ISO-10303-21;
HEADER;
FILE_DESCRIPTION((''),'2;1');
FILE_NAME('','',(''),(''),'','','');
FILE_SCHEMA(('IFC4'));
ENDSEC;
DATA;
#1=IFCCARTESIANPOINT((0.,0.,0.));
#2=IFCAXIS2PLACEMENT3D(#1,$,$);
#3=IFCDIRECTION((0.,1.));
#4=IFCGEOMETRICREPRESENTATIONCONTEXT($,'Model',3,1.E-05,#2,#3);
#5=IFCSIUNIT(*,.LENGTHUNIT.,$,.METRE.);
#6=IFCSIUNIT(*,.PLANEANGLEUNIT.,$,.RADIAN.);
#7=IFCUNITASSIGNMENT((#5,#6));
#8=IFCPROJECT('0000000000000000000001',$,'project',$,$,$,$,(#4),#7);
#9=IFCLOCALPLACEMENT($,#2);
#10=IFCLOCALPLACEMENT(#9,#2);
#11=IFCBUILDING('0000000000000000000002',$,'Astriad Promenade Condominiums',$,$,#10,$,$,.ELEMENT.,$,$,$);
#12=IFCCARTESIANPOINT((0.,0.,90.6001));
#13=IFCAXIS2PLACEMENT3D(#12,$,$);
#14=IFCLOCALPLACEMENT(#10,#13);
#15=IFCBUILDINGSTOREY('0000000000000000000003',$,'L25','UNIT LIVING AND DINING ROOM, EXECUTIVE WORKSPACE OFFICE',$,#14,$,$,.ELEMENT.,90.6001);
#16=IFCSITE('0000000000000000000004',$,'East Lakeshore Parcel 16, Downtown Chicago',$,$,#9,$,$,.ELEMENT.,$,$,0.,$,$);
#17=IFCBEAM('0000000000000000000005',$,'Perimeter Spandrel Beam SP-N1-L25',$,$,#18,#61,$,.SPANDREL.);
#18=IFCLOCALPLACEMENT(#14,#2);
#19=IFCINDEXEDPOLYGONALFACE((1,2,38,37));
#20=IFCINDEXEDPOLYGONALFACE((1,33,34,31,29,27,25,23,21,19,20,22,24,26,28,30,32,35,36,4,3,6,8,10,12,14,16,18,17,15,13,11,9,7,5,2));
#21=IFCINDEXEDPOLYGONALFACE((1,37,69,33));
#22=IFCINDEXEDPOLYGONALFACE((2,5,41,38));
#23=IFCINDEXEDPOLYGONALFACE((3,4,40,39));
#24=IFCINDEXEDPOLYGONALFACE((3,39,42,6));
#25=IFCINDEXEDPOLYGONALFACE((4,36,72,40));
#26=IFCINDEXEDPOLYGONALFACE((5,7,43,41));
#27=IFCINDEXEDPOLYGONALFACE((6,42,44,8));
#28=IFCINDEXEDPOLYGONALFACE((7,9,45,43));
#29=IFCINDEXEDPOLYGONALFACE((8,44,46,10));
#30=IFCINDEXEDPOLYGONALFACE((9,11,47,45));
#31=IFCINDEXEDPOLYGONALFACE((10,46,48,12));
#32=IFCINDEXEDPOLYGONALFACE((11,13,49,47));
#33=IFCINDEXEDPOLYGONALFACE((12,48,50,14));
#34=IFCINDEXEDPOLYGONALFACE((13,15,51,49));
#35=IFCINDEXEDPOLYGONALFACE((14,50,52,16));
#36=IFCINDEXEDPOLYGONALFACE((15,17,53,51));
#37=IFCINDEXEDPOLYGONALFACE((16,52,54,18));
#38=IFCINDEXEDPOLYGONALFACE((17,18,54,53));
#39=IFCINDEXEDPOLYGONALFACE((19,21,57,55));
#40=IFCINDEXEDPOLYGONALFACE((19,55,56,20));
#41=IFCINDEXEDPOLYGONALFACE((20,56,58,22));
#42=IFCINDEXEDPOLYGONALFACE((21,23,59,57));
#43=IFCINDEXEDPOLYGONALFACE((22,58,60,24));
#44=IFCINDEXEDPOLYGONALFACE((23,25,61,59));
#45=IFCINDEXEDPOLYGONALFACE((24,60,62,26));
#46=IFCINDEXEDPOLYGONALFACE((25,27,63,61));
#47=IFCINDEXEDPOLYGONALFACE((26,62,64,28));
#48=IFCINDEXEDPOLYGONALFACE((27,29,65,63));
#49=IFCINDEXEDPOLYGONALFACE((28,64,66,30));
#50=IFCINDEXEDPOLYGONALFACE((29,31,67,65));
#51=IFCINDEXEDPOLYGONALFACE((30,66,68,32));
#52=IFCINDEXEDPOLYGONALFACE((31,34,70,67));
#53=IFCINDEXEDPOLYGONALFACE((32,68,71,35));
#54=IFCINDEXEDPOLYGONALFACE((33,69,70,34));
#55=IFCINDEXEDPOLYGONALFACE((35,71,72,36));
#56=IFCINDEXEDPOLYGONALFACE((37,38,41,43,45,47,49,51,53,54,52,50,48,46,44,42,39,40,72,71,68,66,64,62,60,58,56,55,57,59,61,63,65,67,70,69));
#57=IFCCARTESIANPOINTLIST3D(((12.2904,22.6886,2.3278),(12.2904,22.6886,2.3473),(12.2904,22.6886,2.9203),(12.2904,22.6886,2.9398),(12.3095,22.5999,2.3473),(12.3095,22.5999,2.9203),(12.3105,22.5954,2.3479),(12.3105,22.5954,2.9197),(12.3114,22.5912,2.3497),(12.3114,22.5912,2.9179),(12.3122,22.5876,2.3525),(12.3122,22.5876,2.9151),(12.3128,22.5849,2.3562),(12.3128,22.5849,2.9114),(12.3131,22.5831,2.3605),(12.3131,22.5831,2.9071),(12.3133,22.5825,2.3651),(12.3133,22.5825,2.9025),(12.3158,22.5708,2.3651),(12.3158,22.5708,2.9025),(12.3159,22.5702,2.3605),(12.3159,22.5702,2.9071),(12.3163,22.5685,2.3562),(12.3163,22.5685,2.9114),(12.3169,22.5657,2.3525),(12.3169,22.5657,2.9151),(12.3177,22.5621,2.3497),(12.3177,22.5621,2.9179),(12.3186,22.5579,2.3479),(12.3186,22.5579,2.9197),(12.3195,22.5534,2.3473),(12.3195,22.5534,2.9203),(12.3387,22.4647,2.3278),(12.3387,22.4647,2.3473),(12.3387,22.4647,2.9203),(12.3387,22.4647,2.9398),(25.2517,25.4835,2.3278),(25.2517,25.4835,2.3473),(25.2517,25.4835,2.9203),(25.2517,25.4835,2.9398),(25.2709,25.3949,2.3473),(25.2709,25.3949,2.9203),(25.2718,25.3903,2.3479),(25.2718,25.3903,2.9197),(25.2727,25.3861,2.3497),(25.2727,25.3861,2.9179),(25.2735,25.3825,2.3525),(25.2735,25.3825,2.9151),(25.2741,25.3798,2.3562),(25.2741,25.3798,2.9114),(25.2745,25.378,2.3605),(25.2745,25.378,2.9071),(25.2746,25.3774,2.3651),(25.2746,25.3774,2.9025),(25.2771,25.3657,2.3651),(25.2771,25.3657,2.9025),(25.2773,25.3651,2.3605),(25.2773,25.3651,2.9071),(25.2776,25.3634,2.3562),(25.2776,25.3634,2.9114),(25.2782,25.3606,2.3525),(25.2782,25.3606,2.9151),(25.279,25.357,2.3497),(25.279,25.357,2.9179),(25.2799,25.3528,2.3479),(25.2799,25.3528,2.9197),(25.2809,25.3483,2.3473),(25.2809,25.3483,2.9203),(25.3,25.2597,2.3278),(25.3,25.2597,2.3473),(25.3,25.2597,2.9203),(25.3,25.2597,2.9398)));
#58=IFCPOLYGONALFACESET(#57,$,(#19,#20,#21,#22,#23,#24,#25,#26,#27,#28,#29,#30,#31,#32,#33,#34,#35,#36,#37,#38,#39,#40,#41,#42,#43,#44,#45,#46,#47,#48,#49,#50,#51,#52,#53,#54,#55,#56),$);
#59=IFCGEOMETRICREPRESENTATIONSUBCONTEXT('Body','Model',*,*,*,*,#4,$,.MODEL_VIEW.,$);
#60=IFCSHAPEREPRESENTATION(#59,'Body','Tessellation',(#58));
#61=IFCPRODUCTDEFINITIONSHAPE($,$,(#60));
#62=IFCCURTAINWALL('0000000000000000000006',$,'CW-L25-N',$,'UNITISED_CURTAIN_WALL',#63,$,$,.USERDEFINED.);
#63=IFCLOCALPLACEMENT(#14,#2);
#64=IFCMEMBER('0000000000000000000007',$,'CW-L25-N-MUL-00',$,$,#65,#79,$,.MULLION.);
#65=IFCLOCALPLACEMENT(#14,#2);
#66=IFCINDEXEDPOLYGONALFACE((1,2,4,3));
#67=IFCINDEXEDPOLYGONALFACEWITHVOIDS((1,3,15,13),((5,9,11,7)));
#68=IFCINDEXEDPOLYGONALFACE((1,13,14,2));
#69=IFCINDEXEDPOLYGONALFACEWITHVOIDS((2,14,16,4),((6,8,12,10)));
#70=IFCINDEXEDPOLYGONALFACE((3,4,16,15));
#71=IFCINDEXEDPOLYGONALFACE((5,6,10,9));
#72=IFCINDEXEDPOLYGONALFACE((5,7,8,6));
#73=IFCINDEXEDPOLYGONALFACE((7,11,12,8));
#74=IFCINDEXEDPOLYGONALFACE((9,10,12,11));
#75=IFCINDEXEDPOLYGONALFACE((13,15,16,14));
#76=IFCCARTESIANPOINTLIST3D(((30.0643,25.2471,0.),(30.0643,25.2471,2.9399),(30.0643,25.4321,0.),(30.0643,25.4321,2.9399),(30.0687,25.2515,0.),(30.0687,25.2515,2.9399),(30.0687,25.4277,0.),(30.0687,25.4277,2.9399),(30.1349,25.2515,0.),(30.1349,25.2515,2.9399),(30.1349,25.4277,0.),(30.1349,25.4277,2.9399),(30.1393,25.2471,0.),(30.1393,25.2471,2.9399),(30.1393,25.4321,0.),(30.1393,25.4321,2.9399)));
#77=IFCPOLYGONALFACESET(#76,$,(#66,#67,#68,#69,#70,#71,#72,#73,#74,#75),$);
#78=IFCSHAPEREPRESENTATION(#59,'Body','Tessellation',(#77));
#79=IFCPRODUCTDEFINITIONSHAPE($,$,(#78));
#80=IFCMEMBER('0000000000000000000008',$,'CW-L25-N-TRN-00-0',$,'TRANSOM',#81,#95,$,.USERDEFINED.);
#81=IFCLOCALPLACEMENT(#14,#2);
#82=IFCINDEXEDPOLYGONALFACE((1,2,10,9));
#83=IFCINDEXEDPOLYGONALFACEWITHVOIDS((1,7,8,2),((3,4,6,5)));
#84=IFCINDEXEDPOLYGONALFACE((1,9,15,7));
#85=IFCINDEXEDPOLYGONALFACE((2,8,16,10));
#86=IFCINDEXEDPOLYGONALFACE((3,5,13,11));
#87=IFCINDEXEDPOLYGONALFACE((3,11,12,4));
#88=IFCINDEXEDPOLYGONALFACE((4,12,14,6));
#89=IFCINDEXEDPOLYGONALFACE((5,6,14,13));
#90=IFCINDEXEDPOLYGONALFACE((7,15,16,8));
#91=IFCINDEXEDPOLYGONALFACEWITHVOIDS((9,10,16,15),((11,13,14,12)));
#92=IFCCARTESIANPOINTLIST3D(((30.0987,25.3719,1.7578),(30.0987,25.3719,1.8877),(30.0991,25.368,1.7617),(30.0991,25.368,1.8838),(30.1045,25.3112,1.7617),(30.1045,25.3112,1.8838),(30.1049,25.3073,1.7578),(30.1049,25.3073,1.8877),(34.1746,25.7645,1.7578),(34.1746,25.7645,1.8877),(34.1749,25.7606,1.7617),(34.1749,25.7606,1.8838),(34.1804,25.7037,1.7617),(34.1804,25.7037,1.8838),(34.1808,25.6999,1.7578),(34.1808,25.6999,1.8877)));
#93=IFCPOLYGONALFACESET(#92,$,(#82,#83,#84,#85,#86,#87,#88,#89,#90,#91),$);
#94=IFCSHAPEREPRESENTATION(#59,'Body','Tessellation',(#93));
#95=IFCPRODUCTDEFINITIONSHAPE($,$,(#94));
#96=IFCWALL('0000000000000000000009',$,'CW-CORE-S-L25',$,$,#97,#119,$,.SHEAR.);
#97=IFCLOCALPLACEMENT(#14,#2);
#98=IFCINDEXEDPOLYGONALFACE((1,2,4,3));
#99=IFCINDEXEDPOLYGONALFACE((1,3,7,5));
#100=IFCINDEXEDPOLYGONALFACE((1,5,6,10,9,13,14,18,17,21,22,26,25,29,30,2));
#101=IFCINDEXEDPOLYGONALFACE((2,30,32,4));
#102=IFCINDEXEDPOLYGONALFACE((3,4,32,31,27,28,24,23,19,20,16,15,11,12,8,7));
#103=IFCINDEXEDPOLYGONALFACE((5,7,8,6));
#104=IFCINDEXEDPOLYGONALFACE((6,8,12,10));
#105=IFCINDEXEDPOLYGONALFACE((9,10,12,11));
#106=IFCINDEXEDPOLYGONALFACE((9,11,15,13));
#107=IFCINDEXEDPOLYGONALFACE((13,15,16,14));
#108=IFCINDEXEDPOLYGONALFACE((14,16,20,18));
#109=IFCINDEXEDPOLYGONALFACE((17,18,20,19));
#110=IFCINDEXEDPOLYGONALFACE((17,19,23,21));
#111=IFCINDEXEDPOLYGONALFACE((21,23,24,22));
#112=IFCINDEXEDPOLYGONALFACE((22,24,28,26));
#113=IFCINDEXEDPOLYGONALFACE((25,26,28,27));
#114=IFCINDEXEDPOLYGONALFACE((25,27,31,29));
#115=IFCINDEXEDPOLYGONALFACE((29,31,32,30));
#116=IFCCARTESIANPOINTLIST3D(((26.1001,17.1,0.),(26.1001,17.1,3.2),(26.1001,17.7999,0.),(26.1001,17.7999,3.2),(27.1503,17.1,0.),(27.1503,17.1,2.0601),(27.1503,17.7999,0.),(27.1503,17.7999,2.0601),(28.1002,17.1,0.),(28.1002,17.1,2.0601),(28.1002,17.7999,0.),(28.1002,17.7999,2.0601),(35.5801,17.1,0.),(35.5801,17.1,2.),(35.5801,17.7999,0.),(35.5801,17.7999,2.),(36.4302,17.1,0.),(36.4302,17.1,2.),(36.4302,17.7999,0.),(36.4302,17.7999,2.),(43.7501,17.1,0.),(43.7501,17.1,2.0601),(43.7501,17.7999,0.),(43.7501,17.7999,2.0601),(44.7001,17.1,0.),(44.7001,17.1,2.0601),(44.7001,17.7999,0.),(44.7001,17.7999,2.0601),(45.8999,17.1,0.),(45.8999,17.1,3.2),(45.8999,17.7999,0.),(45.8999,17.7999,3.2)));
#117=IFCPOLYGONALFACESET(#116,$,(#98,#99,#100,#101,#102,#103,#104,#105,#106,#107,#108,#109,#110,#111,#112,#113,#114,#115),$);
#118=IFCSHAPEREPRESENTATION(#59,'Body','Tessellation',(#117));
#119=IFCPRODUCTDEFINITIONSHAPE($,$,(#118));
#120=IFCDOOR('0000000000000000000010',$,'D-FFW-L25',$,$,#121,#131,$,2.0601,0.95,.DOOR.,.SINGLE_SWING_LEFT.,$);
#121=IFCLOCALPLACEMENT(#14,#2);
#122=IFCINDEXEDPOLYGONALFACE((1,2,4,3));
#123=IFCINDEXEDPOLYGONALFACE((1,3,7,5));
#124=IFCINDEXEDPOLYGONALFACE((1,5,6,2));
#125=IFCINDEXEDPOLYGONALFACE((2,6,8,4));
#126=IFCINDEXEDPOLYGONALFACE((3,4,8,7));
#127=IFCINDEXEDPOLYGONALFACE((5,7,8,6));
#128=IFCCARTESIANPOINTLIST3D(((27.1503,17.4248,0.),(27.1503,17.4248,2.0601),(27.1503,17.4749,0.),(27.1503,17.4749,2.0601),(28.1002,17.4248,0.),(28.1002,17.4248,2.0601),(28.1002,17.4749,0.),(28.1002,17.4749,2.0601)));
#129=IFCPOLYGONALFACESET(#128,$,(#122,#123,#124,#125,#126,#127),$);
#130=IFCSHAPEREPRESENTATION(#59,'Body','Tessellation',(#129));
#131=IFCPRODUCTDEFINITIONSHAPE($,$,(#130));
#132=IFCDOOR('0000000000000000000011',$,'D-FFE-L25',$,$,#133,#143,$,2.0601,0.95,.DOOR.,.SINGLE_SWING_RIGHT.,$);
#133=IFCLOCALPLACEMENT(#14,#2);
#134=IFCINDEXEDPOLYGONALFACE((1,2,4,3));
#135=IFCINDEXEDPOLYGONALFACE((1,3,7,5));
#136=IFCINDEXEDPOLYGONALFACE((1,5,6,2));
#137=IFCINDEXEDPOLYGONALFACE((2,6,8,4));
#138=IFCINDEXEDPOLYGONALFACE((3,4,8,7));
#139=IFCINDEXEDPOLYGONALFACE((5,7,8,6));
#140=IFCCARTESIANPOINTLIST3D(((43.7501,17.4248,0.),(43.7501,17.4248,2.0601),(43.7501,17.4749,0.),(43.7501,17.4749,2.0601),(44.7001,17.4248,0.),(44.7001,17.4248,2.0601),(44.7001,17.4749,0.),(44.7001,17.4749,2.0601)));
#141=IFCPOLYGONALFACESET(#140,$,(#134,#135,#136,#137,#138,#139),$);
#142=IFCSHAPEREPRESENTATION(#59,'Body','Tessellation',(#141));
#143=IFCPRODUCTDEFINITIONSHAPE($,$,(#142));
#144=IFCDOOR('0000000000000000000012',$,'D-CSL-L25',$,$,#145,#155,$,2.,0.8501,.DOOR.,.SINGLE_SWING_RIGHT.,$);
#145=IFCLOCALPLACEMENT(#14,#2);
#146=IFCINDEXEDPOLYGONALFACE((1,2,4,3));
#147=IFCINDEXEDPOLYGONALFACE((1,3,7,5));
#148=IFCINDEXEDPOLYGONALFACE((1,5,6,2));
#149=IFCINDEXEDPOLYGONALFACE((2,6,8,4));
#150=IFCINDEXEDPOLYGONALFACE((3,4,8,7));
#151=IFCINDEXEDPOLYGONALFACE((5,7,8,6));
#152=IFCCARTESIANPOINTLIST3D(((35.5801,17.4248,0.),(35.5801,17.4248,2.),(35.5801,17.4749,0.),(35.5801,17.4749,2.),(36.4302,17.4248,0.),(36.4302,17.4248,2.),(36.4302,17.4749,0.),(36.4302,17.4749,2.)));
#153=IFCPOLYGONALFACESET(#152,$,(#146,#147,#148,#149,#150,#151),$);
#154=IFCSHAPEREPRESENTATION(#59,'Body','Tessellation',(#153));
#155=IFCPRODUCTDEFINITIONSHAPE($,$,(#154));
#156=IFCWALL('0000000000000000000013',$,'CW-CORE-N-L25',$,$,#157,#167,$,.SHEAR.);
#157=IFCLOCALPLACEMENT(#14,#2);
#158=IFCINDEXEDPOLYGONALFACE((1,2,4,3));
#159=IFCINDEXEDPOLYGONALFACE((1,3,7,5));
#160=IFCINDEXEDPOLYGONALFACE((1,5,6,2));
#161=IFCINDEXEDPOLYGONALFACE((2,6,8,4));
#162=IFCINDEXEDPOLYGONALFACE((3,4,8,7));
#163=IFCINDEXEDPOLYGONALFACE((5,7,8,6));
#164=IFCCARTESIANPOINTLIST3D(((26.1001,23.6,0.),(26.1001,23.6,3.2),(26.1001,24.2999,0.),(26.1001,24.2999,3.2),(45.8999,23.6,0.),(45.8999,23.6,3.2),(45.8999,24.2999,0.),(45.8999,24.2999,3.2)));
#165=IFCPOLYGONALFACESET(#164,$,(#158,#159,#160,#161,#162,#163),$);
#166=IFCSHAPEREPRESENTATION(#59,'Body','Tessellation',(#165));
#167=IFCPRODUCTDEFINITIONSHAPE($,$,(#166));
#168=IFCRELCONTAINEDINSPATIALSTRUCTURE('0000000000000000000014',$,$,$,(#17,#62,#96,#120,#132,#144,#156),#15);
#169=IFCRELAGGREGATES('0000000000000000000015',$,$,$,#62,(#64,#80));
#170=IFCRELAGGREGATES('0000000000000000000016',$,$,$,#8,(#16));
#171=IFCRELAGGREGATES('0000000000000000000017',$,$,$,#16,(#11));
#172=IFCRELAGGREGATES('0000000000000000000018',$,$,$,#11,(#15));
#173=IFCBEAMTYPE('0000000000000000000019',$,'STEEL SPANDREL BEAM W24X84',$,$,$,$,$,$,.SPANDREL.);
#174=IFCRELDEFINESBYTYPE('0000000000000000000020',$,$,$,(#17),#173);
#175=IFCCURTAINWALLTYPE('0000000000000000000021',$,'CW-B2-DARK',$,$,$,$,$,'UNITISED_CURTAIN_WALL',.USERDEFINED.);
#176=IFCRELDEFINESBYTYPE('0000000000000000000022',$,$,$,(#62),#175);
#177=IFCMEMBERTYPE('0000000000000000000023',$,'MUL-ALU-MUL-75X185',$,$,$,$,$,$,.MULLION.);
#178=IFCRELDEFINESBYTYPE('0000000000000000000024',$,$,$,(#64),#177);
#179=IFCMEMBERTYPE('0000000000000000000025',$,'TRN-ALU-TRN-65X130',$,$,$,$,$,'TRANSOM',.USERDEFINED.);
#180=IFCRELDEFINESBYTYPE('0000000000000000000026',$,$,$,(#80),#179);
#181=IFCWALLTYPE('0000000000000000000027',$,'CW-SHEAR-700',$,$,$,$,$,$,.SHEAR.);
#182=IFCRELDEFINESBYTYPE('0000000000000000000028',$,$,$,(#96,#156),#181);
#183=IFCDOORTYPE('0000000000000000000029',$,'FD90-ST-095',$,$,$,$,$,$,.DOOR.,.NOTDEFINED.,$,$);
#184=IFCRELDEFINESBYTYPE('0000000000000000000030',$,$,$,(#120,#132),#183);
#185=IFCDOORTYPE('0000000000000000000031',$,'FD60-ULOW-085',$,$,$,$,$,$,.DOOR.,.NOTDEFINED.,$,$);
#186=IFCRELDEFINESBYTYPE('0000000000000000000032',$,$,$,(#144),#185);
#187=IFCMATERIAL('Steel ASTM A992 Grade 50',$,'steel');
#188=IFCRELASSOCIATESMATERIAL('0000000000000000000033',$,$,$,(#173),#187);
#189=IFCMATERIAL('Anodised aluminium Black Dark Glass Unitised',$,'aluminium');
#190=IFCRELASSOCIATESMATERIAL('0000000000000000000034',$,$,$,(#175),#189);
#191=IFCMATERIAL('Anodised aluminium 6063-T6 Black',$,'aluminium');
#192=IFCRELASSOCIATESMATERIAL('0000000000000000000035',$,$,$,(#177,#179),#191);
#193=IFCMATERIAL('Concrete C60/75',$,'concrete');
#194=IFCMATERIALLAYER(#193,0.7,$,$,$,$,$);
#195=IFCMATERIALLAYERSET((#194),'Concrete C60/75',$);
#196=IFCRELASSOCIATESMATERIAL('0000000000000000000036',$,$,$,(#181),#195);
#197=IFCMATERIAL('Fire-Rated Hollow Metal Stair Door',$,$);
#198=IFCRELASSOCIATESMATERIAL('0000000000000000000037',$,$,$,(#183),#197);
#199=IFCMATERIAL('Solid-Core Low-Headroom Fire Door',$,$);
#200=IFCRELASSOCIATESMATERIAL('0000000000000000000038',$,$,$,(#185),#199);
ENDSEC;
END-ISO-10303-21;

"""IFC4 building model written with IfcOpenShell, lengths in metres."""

from ifc_helpers import new_model, si_unit, direction, frame, frame_2d, origin, origin_2d, place, context, subcontext, project, spatial, rectangle, hollow_rectangle, i_section, extrude, source, transform, mapped, material, layer, layer_set, material_profile, profile_set, type_object, type_shapes, element, fill, aggregate, save


model = new_model("IFC4")

# Units and contexts
model_context = context("Model", 3, precision=1e-05, world=origin(), true_north=direction((0.0, 1.0)))
body_context = subcontext(model_context, "Body", "Model", "MODEL_VIEW")
ifc_project = project(units=[si_unit("LENGTHUNIT", "METRE"), si_unit("PLANEANGLEUNIT", "RADIAN")], contexts=[model_context])

# Site, building, storey
site_placement = place(None, origin())
site = spatial("IfcSite", under=ifc_project, at=site_placement, Name="East Lakeshore Parcel 16, Downtown Chicago", CompositionType="ELEMENT", RefElevation=0.0)
building_placement = place(site_placement, origin())
building = spatial("IfcBuilding", under=site, at=building_placement, Name="Astriad Promenade Condominiums", CompositionType="ELEMENT")
storey_placement = place(building_placement, frame((0.0, 0.0, 90.6001)))
storey = spatial("IfcBuildingStorey", under=building, at=storey_placement, Name="L25", Description="UNIT LIVING AND DINING ROOM, EXECUTIVE WORKSPACE OFFICE", CompositionType="ELEMENT", Elevation=90.6001)

# Shared definitions
ifc_material_1 = material(Name="Steel ASTM A992 Grade 50", Category="steel")
ifc_material_2 = material(Name="Concrete C60/75", Category="concrete")

# Beam
ifc_material_profile_1 = material_profile(ifc_material_1, i_section(OverallWidth=0.229, OverallDepth=0.6121, WebThickness=0.012, FlangeThickness=0.0195, FilletRadius=0.0178, at=origin_2d()), Name="W24X84")
ifc_profile_set_1 = profile_set([ifc_material_profile_1], Name="Steel ASTM A992 Grade 50")
beam_type_1 = type_object("IfcBeamType", Name="STEEL SPANDREL BEAM W24X84", PredefinedType="SPANDREL", material=ifc_profile_set_1)
shared_shape_1 = source(origin(), body_context, "Body", "SweptSolid", [
    extrude(i_section(OverallWidth=0.229, OverallDepth=0.6121, WebThickness=0.012, FlangeThickness=0.0195, FilletRadius=0.0178, at=origin_2d()), origin(), (0.0, 0.0, 1.0), 13.2593),
])
type_shapes(beam_type_1, [shared_shape_1])
beam_1_placement = place(storey_placement, frame((25.2759, 25.3716, 2.6338), z_axis=(-0.977532, -0.210789, 0.0), x_axis=(0.210789, -0.977532, 0.0)))
element("IfcBeam", 1, at=beam_1_placement, inside=storey, type_object=beam_type_1, Name="Perimeter Spandrel Beam SP-N1-L25", PredefinedType="SPANDREL", context=body_context, shape_type="MappedRepresentation", body=[
    mapped(shared_shape_1, transform((0.0, 0.0, 0.0), scale=1.0)),
])

# Curtain wall, members
ifc_material_3 = material(Name="Anodised aluminium Black Dark Glass Unitised", Category="aluminium")
curtain_wall_type = type_object("IfcCurtainWallType", Name="CW-B2-DARK", ElementType="UNITISED_CURTAIN_WALL", PredefinedType="USERDEFINED", material=ifc_material_3)
curtain_wall_placement = place(storey_placement, origin())
curtain_wall = element("IfcCurtainWall", 2, at=curtain_wall_placement, inside=storey, type_object=curtain_wall_type, Name="CW-L25-N", ObjectType="UNITISED_CURTAIN_WALL", PredefinedType="USERDEFINED")
ifc_material_4 = material(Name="Anodised aluminium 6063-T6 Black", Category="aluminium")
ifc_material_profile_2 = material_profile(ifc_material_4, hollow_rectangle(XDim=0.075, YDim=0.1851, WallThickness=0.0044, at=origin_2d()), Name="ALU-MUL-75X185")
ifc_profile_set_2 = profile_set([ifc_material_profile_2], Name="Anodised aluminium 6063-T6 Black")
member_type_1 = type_object("IfcMemberType", Name="MUL-ALU-MUL-75X185", PredefinedType="MULLION", material=ifc_profile_set_2)
shared_shape_2 = source(origin(), body_context, "Body", "SweptSolid", [
    extrude(hollow_rectangle(XDim=0.075, YDim=0.1851, WallThickness=0.0044, at=origin_2d()), origin(), (0.0, 0.0, 1.0), 2.9399),
])
type_shapes(member_type_1, [shared_shape_2])
member_1_placement = place(storey_placement, frame((30.1018, 25.3396, 0.0), z_axis=(0.0, 0.0, 1.0), x_axis=(1.0, 0.0, 0.0)))
member_1 = element("IfcMember", 3, at=member_1_placement, type_object=member_type_1, Name="CW-L25-N-MUL-00", PredefinedType="MULLION", context=body_context, shape_type="MappedRepresentation", body=[
    mapped(shared_shape_2, transform((0.0, 0.0, 0.0), scale=1.0)),
])
ifc_material_profile_3 = material_profile(ifc_material_4, hollow_rectangle(XDim=0.0649, YDim=0.1299, WallThickness=0.0039, at=origin_2d()), Name="ALU-TRN-65X130")
ifc_profile_set_3 = profile_set([ifc_material_profile_3], Name="Anodised aluminium 6063-T6 Black")
member_type_2 = type_object("IfcMemberType", Name="TRN-ALU-TRN-65X130", ElementType="TRANSOM", PredefinedType="USERDEFINED", material=ifc_profile_set_3)
shared_shape_3 = source(origin(), body_context, "Body", "SweptSolid", [
    extrude(hollow_rectangle(XDim=0.0649, YDim=0.1299, WallThickness=0.0039, at=origin_2d()), origin(), (0.0, 0.0, 1.0), 4.0947),
])
type_shapes(member_type_2, [shared_shape_3])
member_2_placement = place(storey_placement, frame((30.1018, 25.3396, 1.8228), z_axis=(0.995394, 0.095873, 0.0), x_axis=(-0.095873, 0.995394, 0.0)))
member_2 = element("IfcMember", 4, at=member_2_placement, type_object=member_type_2, Name="CW-L25-N-TRN-00-0", ObjectType="TRANSOM", PredefinedType="USERDEFINED", context=body_context, shape_type="MappedRepresentation", body=[
    mapped(shared_shape_3, transform((0.0, 0.0, 0.0), scale=1.0)),
])
aggregate(curtain_wall, [member_1, member_2])

# Wall, openings, doors
ifc_layer_1 = layer(ifc_material_2, 0.7)
ifc_layer_set_1 = layer_set([ifc_layer_1], Name="Concrete C60/75")
wall_type_1 = type_object("IfcWallType", Name="CW-SHEAR-700", PredefinedType="SHEAR", material=ifc_layer_set_1)
wall_1_placement = place(storey_placement, frame((26.1001, 17.45, 0.0), z_axis=(0.0, 0.0, 1.0), x_axis=(1.0, 0.0, 0.0)))
wall_1 = element("IfcWall", 5, at=wall_1_placement, inside=storey, type_object=wall_type_1, Name="CW-CORE-S-L25", PredefinedType="SHEAR", context=body_context, shape_type="SweptSolid", body=[
    extrude(rectangle(XDim=19.7998, YDim=0.7, at=frame_2d((9.8999, 0.0))), origin(), (0.0, 0.0, 1.0), 3.2),
])
opening_1_placement = place(wall_1_placement, frame((1.05, 0.0, 0.0)))
opening_1 = element("IfcOpeningElement", 6, at=opening_1_placement, cuts=wall_1, PredefinedType="OPENING", context=body_context, shape_type="SweptSolid", body=[
    extrude(rectangle(XDim=0.95, YDim=2.0601, at=frame_2d((0.4751, 1.03))), frame((0.0, 0.3599, 0.0), z_axis=(0.0, -1.0, 0.0), x_axis=(1.0, 0.0, 0.0)), (0.0, 0.0, 1.0), 0.72),
])
opening_2_placement = place(wall_1_placement, frame((9.48, 0.0, 0.0)))
opening_2 = element("IfcOpeningElement", 7, at=opening_2_placement, cuts=wall_1, PredefinedType="OPENING", context=body_context, shape_type="SweptSolid", body=[
    extrude(rectangle(XDim=0.8501, YDim=2.0, at=frame_2d((0.425, 1.0))), frame((0.0, 0.3599, 0.0), z_axis=(0.0, -1.0, 0.0), x_axis=(1.0, 0.0, 0.0)), (0.0, 0.0, 1.0), 0.72),
])
opening_3_placement = place(wall_1_placement, frame((17.6499, 0.0, 0.0)))
opening_3 = element("IfcOpeningElement", 8, at=opening_3_placement, cuts=wall_1, PredefinedType="OPENING", context=body_context, shape_type="SweptSolid", body=[
    extrude(rectangle(XDim=0.95, YDim=2.0601, at=frame_2d((0.4751, 1.03))), frame((0.0, 0.3599, 0.0), z_axis=(0.0, -1.0, 0.0), x_axis=(1.0, 0.0, 0.0)), (0.0, 0.0, 1.0), 0.72),
])
ifc_material_5 = material(Name="Fire-Rated Hollow Metal Stair Door")
door_type_1 = type_object("IfcDoorType", Name="FD90-ST-095", OperationType="NOTDEFINED", PredefinedType="DOOR", material=ifc_material_5)
shared_shape_4 = source(origin(), body_context, "Body", "SweptSolid", [
    extrude(rectangle(XDim=0.95, YDim=2.0601, at=frame_2d((0.4751, 1.03))), frame((0.0, 0.0249, 0.0), z_axis=(0.0, -1.0, 0.0), x_axis=(1.0, 0.0, 0.0)), (0.0, 0.0, 1.0), 0.05),
])
type_shapes(door_type_1, [shared_shape_4])
door_1_placement = place(opening_1_placement, origin())
door_1 = element("IfcDoor", 9, at=door_1_placement, inside=storey, type_object=door_type_1, Name="D-FFW-L25", OperationType="SINGLE_SWING_LEFT", OverallHeight=2.0601, OverallWidth=0.95, PredefinedType="DOOR", context=body_context, shape_type="MappedRepresentation", body=[
    mapped(shared_shape_4, transform((0.0, 0.0, 0.0), scale=1.0)),
])
fill(opening_1, door_1)
door_2_placement = place(opening_3_placement, origin())
door_2 = element("IfcDoor", 10, at=door_2_placement, inside=storey, type_object=door_type_1, Name="D-FFE-L25", OperationType="SINGLE_SWING_RIGHT", OverallHeight=2.0601, OverallWidth=0.95, PredefinedType="DOOR", context=body_context, shape_type="MappedRepresentation", body=[
    mapped(shared_shape_4, transform((0.0, 0.0, 0.0), scale=1.0)),
])
fill(opening_3, door_2)
ifc_material_6 = material(Name="Solid-Core Low-Headroom Fire Door")
door_type_2 = type_object("IfcDoorType", Name="FD60-ULOW-085", OperationType="NOTDEFINED", PredefinedType="DOOR", material=ifc_material_6)
shared_shape_5 = source(origin(), body_context, "Body", "SweptSolid", [
    extrude(rectangle(XDim=0.8501, YDim=2.0, at=frame_2d((0.425, 1.0))), frame((0.0, 0.0249, 0.0), z_axis=(0.0, -1.0, 0.0), x_axis=(1.0, 0.0, 0.0)), (0.0, 0.0, 1.0), 0.05),
])
type_shapes(door_type_2, [shared_shape_5])
door_3_placement = place(opening_2_placement, origin())
door_3 = element("IfcDoor", 11, at=door_3_placement, inside=storey, type_object=door_type_2, Name="D-CSL-L25", OperationType="SINGLE_SWING_RIGHT", OverallHeight=2.0, OverallWidth=0.8501, PredefinedType="DOOR", context=body_context, shape_type="MappedRepresentation", body=[
    mapped(shared_shape_5, transform((0.0, 0.0, 0.0), scale=1.0)),
])
fill(opening_2, door_3)

# Wall
wall_2_placement = place(storey_placement, frame((26.1001, 23.95, 0.0), z_axis=(0.0, 0.0, 1.0), x_axis=(1.0, 0.0, 0.0)))
element("IfcWall", 12, at=wall_2_placement, inside=storey, type_object=wall_type_1, Name="CW-CORE-N-L25", PredefinedType="SHEAR", context=body_context, shape_type="SweptSolid", body=[
    extrude(rectangle(XDim=19.7998, YDim=0.7, at=frame_2d((9.8999, 0.0))), origin(), (0.0, 0.0, 1.0), 3.2),
])

save(model, "model.ifc")
